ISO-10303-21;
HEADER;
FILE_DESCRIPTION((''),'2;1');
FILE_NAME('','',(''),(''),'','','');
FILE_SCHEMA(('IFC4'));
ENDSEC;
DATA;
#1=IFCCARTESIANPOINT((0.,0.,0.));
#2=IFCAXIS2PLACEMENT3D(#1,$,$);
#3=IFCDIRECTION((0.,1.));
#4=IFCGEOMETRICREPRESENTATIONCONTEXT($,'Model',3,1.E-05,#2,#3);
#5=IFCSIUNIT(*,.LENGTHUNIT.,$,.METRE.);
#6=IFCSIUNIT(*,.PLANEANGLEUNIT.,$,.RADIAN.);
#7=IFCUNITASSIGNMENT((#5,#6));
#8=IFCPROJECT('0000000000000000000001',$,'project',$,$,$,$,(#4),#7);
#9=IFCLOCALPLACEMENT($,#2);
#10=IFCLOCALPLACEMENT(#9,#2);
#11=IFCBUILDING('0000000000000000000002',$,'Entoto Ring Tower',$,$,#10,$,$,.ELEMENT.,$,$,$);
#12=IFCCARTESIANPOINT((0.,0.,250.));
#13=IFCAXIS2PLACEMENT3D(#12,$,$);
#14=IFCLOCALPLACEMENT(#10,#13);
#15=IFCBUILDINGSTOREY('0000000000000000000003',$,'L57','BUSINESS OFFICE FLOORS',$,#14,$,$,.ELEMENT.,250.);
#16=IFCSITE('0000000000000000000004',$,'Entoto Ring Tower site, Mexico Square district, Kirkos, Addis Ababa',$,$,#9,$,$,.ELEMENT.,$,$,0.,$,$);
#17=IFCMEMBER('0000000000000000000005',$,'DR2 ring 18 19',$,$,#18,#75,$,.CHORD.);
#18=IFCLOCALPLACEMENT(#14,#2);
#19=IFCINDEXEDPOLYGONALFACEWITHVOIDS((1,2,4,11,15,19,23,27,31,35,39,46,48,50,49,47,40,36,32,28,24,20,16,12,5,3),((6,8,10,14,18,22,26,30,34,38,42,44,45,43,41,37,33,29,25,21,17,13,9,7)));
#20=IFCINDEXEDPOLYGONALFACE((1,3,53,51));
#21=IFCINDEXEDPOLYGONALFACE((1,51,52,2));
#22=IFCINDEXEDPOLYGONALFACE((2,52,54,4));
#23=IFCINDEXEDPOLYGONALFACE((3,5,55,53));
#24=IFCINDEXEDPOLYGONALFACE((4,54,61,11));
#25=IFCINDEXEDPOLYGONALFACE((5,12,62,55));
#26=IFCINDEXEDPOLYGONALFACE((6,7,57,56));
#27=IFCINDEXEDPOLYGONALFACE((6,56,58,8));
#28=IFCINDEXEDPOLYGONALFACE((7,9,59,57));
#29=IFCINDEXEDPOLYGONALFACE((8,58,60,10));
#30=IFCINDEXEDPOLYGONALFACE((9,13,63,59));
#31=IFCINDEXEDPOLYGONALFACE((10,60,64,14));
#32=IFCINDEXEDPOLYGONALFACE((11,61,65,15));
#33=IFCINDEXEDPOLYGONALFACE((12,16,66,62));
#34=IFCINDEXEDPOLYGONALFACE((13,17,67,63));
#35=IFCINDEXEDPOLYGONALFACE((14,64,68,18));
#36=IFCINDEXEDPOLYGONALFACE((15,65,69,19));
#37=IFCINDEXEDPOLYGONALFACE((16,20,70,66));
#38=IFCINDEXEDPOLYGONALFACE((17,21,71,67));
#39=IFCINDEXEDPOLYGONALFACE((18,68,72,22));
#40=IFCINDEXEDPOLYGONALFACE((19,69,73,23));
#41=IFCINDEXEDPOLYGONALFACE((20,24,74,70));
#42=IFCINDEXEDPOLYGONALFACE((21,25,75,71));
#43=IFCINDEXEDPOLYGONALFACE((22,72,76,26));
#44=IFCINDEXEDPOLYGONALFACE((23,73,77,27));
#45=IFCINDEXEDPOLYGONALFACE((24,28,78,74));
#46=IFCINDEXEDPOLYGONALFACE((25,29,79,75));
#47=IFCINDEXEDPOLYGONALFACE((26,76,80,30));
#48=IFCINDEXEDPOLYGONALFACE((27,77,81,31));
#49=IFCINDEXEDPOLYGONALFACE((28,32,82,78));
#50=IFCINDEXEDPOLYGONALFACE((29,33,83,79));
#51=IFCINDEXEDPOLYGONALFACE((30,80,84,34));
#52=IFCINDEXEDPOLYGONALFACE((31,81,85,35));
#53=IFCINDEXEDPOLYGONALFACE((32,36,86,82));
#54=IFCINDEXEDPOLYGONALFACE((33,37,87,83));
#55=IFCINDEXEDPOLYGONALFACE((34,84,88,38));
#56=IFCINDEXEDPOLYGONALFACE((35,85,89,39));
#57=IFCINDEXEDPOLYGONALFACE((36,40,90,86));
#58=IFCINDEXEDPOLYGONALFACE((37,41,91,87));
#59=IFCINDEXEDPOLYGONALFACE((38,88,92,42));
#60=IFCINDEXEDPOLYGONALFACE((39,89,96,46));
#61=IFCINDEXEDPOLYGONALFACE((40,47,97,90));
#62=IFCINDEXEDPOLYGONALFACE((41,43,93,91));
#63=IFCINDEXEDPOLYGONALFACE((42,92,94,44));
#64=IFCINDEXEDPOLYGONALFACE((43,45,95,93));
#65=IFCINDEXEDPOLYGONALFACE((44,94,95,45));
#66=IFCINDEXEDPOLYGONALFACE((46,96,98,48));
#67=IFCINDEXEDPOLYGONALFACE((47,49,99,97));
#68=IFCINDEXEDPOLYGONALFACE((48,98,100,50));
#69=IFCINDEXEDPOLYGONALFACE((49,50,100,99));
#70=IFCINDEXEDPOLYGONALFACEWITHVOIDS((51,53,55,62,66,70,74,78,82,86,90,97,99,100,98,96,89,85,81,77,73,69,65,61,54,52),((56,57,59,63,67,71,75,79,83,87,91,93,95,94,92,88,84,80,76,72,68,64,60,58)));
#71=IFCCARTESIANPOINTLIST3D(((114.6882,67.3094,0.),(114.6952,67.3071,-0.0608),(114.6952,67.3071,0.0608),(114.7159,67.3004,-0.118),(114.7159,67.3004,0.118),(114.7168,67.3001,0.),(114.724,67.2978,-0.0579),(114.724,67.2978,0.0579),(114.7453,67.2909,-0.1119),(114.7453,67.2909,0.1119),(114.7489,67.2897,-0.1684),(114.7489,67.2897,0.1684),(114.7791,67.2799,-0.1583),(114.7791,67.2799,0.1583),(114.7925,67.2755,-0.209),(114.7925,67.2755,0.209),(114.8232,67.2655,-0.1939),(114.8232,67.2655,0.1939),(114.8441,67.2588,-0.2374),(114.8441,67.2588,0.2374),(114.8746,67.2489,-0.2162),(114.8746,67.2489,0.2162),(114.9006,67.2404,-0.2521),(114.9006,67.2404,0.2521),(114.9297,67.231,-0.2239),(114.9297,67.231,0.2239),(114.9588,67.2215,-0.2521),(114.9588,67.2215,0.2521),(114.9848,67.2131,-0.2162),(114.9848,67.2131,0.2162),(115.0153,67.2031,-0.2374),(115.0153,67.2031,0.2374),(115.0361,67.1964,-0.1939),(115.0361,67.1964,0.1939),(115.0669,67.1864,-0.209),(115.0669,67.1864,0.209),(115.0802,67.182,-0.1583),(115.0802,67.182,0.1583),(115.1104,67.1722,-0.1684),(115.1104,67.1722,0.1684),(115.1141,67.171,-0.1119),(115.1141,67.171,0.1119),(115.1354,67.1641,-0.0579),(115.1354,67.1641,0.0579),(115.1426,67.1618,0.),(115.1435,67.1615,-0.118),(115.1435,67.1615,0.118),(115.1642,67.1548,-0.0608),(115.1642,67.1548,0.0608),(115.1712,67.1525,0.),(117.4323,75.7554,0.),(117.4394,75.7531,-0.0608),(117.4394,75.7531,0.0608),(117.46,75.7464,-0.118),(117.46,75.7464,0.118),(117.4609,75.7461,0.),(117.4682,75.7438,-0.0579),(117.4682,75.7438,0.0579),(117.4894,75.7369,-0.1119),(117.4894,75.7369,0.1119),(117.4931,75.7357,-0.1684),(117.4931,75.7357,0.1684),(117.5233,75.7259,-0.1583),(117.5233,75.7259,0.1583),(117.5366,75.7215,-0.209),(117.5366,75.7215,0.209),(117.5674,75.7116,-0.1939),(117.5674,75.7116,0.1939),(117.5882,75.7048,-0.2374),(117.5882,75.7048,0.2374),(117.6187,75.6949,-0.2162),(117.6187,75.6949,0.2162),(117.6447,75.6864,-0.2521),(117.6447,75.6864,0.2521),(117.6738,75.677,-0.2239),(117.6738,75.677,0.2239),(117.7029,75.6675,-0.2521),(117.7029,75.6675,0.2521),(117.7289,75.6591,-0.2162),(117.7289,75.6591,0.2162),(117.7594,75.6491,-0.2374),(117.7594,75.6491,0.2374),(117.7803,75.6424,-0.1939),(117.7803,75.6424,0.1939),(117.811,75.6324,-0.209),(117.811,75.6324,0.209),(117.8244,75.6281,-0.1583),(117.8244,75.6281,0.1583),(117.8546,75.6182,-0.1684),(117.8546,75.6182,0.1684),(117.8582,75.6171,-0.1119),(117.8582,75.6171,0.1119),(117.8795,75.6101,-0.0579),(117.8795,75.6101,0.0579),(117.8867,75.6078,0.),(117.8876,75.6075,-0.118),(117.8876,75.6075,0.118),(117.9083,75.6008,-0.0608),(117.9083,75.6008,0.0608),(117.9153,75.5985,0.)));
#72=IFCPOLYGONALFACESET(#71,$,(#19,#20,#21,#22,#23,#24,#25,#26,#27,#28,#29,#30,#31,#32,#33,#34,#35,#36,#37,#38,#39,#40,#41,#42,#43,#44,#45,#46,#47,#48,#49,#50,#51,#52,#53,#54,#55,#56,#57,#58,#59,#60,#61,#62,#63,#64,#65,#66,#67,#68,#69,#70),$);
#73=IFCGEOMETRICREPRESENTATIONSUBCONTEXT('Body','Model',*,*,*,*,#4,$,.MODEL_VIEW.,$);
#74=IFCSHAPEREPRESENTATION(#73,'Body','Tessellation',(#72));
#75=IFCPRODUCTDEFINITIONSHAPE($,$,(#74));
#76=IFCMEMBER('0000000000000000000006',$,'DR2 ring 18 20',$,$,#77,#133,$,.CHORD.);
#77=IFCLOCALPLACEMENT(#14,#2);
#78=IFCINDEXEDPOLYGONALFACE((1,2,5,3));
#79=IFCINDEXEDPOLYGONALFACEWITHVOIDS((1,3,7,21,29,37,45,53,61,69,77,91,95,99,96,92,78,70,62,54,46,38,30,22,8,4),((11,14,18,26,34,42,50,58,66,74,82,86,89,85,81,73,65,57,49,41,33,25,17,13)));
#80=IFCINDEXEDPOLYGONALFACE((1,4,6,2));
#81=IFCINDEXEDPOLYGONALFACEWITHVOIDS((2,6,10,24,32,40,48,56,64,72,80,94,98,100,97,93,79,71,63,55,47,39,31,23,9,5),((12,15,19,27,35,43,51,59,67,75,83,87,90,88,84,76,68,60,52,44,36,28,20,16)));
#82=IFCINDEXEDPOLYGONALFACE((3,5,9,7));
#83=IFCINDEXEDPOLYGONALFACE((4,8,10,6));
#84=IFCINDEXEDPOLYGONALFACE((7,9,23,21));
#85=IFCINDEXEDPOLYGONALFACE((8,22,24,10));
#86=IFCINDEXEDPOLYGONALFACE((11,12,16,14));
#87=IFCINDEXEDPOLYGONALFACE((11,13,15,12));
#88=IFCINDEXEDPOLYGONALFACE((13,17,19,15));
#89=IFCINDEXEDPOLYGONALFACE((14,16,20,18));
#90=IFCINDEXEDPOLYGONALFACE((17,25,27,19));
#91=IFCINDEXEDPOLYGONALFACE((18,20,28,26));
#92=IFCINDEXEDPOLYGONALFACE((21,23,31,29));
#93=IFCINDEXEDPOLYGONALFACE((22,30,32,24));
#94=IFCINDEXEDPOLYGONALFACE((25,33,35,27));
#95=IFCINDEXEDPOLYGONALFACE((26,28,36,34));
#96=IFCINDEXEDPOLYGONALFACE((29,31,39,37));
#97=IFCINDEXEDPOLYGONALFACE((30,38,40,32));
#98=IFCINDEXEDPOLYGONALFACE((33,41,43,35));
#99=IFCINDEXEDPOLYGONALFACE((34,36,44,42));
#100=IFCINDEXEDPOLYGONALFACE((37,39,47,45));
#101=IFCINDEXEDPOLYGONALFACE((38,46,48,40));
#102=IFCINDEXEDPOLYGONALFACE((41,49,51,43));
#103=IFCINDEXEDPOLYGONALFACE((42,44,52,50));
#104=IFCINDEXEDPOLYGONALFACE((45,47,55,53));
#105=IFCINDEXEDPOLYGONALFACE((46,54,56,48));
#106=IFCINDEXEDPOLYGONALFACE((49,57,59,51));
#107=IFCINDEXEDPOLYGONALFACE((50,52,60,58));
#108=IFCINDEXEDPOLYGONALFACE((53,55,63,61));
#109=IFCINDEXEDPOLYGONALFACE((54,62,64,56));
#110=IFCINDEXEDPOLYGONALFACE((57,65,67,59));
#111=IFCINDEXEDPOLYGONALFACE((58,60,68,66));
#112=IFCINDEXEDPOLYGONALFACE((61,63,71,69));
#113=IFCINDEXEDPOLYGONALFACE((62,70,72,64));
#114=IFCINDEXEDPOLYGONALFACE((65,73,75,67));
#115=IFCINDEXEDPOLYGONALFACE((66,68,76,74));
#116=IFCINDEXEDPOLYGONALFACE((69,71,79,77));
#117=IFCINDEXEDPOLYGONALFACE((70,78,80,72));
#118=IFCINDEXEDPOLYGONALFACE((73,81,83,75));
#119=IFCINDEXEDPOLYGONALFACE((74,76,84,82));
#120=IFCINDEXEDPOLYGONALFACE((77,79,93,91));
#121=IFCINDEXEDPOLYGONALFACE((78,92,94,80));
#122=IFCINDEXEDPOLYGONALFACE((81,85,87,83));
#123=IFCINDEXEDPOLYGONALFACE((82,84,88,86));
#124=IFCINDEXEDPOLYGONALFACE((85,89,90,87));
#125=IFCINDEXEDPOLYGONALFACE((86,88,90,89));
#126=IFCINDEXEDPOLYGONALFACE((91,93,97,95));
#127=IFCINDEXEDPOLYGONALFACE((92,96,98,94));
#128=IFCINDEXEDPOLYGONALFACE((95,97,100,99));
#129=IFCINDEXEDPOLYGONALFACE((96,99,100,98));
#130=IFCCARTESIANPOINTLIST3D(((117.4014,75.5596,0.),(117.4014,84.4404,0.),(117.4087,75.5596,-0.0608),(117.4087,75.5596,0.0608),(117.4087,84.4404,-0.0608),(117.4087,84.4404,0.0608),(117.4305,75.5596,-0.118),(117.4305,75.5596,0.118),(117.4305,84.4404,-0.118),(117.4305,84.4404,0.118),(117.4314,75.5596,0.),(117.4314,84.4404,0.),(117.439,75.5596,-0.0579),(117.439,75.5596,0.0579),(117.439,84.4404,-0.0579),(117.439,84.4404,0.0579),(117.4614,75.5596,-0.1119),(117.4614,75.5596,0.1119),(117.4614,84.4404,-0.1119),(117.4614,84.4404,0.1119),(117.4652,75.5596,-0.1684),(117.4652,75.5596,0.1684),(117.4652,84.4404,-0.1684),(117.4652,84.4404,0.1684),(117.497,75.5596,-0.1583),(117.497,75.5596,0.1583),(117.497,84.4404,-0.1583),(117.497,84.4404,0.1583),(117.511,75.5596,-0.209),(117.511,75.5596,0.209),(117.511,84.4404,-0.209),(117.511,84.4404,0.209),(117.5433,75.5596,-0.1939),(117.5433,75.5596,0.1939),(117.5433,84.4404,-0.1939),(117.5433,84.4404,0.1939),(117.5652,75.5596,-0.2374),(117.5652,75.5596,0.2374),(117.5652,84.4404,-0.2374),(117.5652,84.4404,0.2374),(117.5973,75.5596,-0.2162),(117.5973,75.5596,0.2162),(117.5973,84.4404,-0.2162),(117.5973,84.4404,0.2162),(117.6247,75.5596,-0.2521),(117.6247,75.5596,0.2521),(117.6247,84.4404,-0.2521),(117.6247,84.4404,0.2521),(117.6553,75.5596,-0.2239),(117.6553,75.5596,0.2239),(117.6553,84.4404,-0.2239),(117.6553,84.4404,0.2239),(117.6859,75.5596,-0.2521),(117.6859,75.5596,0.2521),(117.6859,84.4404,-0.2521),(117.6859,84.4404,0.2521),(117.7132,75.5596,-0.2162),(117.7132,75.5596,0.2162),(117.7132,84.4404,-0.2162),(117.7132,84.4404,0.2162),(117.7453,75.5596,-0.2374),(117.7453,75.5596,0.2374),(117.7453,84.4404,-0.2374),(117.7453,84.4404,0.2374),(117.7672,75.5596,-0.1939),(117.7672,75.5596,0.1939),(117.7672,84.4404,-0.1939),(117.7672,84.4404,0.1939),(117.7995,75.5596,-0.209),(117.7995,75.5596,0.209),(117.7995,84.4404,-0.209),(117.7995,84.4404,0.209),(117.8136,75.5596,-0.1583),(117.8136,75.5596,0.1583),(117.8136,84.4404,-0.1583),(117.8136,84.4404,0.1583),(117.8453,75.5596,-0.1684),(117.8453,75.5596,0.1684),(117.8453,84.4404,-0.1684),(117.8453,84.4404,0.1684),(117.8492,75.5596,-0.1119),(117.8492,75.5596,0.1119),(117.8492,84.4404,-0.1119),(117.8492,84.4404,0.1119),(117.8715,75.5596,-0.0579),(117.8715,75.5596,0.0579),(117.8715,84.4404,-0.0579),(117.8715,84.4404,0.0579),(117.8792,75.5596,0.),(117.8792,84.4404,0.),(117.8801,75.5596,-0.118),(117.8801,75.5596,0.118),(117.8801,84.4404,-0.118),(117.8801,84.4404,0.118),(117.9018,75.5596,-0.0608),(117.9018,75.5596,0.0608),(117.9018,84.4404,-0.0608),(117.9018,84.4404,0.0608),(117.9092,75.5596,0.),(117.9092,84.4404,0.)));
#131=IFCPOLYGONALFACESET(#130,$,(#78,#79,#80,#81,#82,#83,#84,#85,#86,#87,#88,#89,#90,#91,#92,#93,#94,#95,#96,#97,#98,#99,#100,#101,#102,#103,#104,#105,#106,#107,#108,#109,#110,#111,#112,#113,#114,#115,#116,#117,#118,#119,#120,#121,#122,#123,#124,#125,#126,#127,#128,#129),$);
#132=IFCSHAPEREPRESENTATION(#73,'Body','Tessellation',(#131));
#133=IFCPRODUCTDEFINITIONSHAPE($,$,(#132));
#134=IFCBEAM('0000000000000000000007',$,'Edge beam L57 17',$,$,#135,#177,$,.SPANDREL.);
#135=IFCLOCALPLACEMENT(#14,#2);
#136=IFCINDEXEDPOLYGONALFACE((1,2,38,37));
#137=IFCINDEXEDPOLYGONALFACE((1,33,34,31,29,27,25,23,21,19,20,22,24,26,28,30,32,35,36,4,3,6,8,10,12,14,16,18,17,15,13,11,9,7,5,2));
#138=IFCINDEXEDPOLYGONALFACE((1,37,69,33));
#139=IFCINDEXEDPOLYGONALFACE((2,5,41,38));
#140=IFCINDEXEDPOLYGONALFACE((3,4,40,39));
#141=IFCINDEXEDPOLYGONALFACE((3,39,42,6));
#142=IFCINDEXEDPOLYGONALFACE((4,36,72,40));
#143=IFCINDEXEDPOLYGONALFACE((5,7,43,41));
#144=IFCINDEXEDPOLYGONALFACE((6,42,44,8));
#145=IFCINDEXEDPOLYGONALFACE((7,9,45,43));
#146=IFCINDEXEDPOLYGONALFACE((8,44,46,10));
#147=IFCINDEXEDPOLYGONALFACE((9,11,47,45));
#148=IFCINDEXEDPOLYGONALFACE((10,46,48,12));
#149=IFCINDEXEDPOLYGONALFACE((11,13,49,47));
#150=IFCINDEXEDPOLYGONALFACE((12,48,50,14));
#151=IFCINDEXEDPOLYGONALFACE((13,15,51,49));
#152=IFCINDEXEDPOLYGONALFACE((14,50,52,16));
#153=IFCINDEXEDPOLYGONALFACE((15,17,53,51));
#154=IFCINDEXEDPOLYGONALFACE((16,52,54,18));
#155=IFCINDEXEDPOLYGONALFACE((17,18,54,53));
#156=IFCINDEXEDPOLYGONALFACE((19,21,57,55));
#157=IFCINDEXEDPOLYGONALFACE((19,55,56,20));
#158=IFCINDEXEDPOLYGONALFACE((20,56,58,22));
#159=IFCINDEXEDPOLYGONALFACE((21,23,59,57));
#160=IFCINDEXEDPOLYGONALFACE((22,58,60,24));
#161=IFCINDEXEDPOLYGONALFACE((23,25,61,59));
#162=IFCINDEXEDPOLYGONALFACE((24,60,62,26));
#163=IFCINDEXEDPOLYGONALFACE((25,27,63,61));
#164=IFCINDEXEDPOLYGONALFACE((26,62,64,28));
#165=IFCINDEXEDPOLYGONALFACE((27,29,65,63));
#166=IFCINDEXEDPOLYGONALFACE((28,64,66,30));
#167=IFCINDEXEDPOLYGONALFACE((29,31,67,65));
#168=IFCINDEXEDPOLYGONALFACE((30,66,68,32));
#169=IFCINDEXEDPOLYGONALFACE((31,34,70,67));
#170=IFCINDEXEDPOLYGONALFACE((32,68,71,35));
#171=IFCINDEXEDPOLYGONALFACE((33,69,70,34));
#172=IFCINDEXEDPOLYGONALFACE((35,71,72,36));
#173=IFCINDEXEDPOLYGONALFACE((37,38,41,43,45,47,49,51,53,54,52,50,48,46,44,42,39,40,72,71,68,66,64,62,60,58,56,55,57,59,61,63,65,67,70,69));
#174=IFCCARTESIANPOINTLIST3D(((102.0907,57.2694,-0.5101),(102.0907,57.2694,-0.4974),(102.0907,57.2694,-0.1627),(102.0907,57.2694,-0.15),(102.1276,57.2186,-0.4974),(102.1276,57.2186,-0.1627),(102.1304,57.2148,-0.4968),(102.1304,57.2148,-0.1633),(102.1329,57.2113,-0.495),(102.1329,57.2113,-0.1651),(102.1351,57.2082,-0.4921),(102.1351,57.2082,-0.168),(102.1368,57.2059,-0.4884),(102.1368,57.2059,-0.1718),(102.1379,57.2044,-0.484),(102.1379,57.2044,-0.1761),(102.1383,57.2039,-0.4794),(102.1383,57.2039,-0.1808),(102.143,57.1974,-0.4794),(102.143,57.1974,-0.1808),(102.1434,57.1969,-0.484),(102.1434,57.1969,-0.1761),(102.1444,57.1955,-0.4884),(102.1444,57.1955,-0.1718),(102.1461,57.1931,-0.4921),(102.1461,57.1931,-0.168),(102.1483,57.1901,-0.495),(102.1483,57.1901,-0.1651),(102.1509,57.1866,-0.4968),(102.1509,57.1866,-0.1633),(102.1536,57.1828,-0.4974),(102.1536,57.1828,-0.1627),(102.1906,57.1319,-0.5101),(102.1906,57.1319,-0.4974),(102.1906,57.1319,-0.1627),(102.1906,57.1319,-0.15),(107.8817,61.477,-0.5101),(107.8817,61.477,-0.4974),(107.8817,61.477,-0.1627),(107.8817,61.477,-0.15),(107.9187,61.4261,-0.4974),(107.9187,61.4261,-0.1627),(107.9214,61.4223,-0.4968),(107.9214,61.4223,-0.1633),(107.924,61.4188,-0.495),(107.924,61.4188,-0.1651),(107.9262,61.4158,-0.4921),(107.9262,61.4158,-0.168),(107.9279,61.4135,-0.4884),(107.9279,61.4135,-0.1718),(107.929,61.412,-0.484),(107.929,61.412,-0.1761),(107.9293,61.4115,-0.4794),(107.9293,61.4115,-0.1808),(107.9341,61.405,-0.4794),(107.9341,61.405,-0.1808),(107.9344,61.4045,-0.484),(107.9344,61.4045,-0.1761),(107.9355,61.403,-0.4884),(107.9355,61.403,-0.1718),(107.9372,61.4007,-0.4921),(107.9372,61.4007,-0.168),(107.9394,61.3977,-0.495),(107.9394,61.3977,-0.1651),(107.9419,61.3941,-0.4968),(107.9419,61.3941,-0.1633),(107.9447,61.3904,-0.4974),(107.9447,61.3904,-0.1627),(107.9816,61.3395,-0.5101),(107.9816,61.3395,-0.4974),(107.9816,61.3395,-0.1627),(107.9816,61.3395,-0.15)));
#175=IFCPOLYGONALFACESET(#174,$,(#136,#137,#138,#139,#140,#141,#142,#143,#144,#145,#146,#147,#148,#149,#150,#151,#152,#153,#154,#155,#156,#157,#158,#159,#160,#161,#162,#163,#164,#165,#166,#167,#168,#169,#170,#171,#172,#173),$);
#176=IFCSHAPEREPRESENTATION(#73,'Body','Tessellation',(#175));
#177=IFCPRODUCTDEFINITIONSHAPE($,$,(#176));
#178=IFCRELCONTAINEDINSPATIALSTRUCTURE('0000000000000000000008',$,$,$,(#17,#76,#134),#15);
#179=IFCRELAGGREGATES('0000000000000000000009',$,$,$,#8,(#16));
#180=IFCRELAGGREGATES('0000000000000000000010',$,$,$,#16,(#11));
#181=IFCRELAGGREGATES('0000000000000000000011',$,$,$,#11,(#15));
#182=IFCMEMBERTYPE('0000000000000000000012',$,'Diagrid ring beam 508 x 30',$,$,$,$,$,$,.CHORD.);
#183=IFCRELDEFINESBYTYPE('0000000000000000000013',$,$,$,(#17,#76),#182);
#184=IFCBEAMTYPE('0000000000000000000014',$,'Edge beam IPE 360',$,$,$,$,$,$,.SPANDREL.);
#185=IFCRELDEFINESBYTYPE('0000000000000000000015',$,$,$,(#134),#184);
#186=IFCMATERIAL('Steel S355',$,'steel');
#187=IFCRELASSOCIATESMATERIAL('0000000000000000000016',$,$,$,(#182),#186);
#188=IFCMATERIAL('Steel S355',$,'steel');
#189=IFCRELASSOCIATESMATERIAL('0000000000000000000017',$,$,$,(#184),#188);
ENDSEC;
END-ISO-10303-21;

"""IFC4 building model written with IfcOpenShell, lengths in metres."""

from ifc_helpers import new_model, si_unit, direction, frame, origin, origin_2d, place, context, subcontext, project, spatial, circle, hollow_circle, i_section, extrude, material, material_profile, profile_set, type_object, element, save


model = new_model("IFC4")

# Units and contexts
model_context = context("Model", 3, precision=1e-05, world=origin(), true_north=direction((0.0, 1.0)))
body_context = subcontext(model_context, "Body", "Model", "MODEL_VIEW")
ifc_project = project(units=[si_unit("LENGTHUNIT", "METRE"), si_unit("PLANEANGLEUNIT", "RADIAN")], contexts=[model_context])

# Site, building, storey
site_placement = place(None, origin())
site = spatial("IfcSite", under=ifc_project, at=site_placement, Name="Entoto Ring Tower site, Mexico Square district, Kirkos, Addis Ababa", CompositionType="ELEMENT", RefElevation=0.0)
building_placement = place(site_placement, origin())
building = spatial("IfcBuilding", under=site, at=building_placement, Name="Entoto Ring Tower", CompositionType="ELEMENT")
storey_placement = place(building_placement, frame((0.0, 0.0, 250.0)))
storey = spatial("IfcBuildingStorey", under=building, at=storey_placement, Name="L57", Description="BUSINESS OFFICE FLOORS", CompositionType="ELEMENT", Elevation=250.0)

# Members
ifc_material_1 = material(Name="Steel S355", Category="steel")
ifc_material_profile_1 = material_profile(ifc_material_1, hollow_circle(Radius=0.2539, WallThickness=0.03, at=origin_2d()), Name="CHS 508 x 30")
ifc_material_2 = material(Name="Concrete C60/75", Category="concrete")
ifc_material_profile_2 = material_profile(ifc_material_2, circle(Radius=0.2241, at=origin_2d()), Name="Concrete C60/75 infill")
ifc_profile_set_1 = profile_set([ifc_material_profile_1, ifc_material_profile_2], Name="Steel S355")
member_type_1 = type_object("IfcMemberType", Name="Diagrid ring beam 508 x 30", PredefinedType="CHORD", material=ifc_profile_set_1)
for number, where, z_axis, x_axis, name in (
    (1, (114.9297, 67.231, 0.0), (0.309002, 0.951061, 0.0), (-0.951061, 0.309002, 0.0), "DR2 ring 18 19"),
):
    element("IfcMember", number, at=place(storey_placement, frame(where, z_axis=z_axis, x_axis=x_axis)), inside=storey, type_object=member_type_1, Name=name, PredefinedType="CHORD", context=body_context, shape_type="SweptSolid", body=[
        extrude(hollow_circle(Radius=0.2539, WallThickness=0.03, at=origin_2d()), origin(), (0.0, 0.0, 1.0), 8.8806),
    ])
member_placement = place(storey_placement, frame((117.6553, 75.5596, 0.0), z_axis=(0.0, 1.0, 0.0), x_axis=(-1.0, 0.0, 0.0)))
element("IfcMember", 2, at=member_placement, inside=storey, type_object=member_type_1, Name="DR2 ring 18 20", PredefinedType="CHORD", context=body_context, shape_type="SweptSolid", body=[
    extrude(hollow_circle(Radius=0.2539, WallThickness=0.03, at=origin_2d()), origin(), (0.0, 0.0, 1.0), 8.8809),
])

# Beam
ifc_material_3 = material(Name="Steel S355", Category="steel")
ifc_material_profile_3 = material_profile(ifc_material_3, i_section(OverallWidth=0.1699, OverallDepth=0.3601, WebThickness=0.0081, FlangeThickness=0.0127, FilletRadius=0.0181, at=origin_2d()), Name="IPE 360")
ifc_profile_set_2 = profile_set([ifc_material_profile_3], Name="Steel S355")
beam_type_1 = type_object("IfcBeamType", Name="Edge beam IPE 360", PredefinedType="SPANDREL", material=ifc_profile_set_2)
for number, where, z_axis, x_axis, name in (
    (3, (102.1406, 57.2007, -0.3301), (0.80901, 0.587794, 0.0), (-0.587794, 0.80901, 0.0), "Edge beam L57 17"),
):
    element("IfcBeam", number, at=place(storey_placement, frame(where, z_axis=z_axis, x_axis=x_axis)), inside=storey, type_object=beam_type_1, Name=name, PredefinedType="SPANDREL", context=body_context, shape_type="SweptSolid", body=[
        extrude(i_section(OverallWidth=0.1699, OverallDepth=0.3601, WebThickness=0.0081, FlangeThickness=0.0127, FilletRadius=0.0181, at=origin_2d()), origin(), (0.0, 0.0, 1.0), 7.1582),
    ])

save(model, "model.ifc")
